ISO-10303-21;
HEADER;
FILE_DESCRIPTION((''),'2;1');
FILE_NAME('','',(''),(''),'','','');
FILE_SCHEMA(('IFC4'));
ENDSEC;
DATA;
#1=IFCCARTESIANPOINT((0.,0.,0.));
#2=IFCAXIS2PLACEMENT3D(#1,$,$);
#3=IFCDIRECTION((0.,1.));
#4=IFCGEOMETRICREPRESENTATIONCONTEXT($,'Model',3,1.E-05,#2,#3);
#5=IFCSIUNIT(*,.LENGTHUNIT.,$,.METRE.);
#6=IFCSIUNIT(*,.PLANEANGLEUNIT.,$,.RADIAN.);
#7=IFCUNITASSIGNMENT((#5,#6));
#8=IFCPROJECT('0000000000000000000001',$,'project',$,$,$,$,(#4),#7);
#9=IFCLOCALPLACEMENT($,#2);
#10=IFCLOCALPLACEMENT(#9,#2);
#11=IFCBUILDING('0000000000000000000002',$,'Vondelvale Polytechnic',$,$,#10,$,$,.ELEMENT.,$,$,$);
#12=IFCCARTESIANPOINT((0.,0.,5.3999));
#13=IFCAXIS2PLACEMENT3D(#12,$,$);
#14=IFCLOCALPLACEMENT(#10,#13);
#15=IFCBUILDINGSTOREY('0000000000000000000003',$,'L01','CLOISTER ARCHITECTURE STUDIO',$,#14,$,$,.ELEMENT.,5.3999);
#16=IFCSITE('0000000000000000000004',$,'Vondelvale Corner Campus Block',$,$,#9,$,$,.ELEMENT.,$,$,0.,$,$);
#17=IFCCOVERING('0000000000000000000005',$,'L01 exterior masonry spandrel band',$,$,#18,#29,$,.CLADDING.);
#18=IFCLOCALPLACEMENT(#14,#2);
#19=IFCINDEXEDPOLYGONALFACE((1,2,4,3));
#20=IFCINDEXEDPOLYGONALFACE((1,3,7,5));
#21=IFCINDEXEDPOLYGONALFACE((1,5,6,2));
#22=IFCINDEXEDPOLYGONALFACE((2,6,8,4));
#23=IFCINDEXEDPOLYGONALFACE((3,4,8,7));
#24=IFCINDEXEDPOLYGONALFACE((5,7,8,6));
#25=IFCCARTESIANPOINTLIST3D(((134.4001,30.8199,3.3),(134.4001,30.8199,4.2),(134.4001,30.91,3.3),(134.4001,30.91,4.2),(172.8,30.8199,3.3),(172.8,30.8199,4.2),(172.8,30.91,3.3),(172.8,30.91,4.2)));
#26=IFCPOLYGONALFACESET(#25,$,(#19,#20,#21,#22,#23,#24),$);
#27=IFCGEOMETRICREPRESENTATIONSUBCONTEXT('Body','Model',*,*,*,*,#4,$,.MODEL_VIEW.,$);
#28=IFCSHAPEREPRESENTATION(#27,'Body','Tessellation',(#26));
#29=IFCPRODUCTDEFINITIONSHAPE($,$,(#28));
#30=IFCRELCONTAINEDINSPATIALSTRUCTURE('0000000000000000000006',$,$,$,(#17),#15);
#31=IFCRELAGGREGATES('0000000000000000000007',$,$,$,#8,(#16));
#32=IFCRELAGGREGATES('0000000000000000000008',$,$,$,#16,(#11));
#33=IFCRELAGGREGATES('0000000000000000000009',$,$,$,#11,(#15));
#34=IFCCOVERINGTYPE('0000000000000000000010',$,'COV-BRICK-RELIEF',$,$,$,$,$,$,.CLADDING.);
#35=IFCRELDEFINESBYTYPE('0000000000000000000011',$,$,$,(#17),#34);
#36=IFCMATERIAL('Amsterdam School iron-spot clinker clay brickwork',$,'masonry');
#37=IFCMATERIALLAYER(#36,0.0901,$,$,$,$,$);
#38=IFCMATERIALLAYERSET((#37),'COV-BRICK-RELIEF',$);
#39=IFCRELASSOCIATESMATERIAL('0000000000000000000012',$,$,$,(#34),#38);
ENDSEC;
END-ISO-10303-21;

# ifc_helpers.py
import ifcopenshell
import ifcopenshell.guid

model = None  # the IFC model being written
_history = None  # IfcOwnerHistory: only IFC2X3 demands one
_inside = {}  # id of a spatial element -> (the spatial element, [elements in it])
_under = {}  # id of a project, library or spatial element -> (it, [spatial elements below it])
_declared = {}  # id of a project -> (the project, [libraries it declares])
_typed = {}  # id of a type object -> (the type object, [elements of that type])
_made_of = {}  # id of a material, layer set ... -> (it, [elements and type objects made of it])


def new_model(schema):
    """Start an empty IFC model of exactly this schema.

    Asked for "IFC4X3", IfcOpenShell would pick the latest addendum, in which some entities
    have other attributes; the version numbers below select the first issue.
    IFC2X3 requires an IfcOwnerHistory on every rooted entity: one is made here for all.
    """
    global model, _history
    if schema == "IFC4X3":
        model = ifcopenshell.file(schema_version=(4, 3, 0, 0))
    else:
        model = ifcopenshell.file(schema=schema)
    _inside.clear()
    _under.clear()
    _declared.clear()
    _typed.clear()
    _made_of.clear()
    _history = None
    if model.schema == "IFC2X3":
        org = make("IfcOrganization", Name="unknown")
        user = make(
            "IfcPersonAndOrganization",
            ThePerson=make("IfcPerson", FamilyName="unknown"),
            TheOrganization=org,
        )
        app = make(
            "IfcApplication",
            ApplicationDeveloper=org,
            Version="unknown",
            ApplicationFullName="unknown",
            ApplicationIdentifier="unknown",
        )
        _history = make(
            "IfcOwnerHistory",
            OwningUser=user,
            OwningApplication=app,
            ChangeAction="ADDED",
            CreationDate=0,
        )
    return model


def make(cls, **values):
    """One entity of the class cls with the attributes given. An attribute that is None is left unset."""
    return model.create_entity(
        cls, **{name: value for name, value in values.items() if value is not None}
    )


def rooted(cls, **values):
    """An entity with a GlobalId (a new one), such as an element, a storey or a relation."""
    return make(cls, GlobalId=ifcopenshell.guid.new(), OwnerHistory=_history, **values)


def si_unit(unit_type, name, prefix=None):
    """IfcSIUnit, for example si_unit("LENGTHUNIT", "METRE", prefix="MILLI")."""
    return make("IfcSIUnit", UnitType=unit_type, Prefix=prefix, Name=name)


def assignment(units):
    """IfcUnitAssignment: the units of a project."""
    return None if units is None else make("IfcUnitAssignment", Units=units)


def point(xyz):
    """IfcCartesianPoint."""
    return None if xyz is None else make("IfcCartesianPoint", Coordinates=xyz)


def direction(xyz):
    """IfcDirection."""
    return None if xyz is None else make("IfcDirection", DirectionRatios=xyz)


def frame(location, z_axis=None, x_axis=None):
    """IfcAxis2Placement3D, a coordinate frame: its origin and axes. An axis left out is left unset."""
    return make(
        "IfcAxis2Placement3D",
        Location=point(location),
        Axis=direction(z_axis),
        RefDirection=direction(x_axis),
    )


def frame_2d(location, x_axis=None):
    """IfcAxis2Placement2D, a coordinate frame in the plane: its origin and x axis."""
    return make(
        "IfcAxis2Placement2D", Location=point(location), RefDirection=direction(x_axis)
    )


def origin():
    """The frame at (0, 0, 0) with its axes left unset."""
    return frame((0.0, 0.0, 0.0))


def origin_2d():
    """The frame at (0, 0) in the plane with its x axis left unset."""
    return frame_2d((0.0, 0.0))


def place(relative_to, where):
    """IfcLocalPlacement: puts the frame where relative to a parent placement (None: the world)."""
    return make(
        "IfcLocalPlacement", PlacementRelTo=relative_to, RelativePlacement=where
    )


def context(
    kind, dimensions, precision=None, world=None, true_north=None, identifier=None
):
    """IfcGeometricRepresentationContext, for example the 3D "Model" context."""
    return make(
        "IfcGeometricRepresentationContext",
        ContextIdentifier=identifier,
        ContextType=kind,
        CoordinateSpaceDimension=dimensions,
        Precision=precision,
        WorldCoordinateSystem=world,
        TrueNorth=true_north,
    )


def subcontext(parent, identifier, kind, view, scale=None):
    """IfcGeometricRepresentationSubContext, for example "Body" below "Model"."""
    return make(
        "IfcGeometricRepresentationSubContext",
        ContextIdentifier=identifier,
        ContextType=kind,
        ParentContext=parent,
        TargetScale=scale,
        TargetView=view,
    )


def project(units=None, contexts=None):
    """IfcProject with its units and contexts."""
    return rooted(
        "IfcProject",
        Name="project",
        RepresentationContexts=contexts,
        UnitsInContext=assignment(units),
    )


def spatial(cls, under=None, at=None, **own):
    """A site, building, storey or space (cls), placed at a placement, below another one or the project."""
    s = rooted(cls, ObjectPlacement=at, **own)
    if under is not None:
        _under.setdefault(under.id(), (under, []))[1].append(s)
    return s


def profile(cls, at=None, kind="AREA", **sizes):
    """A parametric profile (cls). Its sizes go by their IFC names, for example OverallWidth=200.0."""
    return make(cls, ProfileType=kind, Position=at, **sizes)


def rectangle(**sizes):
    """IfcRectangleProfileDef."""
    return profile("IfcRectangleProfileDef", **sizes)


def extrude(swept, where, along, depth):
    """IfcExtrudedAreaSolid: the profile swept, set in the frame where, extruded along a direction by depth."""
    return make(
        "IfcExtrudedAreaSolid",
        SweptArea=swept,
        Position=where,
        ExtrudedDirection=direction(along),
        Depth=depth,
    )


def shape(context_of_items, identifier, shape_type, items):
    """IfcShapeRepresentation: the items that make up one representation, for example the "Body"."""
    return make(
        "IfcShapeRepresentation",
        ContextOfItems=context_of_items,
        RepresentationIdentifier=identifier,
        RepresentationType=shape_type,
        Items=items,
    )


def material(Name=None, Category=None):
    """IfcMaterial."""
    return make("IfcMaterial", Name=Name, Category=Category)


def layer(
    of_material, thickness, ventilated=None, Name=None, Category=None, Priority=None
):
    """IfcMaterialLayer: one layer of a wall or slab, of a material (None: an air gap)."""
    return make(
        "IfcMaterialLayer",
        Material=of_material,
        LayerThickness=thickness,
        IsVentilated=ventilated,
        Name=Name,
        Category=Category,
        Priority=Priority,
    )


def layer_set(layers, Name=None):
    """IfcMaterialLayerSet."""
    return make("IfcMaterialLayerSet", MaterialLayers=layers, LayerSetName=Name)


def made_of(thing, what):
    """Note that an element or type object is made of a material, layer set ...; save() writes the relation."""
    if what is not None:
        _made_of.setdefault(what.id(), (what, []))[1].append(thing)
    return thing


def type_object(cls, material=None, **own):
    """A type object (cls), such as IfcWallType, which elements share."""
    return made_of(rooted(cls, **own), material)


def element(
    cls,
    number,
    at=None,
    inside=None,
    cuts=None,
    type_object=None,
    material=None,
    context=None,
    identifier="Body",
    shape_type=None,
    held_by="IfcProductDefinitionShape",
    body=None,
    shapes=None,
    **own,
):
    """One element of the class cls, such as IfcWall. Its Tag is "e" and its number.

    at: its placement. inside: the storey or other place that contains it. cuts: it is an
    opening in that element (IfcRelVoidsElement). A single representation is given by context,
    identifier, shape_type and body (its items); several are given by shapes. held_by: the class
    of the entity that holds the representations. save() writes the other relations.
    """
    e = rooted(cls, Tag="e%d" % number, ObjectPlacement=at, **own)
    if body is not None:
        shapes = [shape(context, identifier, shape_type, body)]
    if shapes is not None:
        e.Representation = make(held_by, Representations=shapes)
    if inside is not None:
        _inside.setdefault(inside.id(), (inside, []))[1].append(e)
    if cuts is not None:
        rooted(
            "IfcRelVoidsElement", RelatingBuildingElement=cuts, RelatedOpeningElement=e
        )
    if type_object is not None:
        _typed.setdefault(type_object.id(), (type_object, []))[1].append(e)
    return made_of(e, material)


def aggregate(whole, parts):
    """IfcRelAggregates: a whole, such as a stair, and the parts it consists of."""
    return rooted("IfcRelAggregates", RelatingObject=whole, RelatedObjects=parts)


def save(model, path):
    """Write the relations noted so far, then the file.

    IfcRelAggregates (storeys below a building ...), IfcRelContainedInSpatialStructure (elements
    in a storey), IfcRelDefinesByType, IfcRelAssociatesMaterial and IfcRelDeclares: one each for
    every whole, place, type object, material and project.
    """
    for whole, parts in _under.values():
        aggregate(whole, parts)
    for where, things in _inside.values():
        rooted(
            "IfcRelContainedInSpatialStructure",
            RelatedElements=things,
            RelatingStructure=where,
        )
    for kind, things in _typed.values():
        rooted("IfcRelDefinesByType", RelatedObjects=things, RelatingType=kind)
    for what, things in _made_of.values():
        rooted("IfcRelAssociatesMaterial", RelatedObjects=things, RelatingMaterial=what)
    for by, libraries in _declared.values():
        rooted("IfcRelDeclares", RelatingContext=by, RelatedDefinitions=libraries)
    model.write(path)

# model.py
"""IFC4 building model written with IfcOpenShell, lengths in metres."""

from ifc_helpers import new_model, si_unit, direction, frame, origin, origin_2d, place, context, subcontext, project, spatial, rectangle, extrude, material, layer, layer_set, type_object, element, save


model = new_model("IFC4")

# Units and contexts
model_context = context("Model", 3, precision=1e-05, world=origin(), true_north=direction((0.0, 1.0)))
body_context = subcontext(model_context, "Body", "Model", "MODEL_VIEW")
ifc_project = project(units=[si_unit("LENGTHUNIT", "METRE"), si_unit("PLANEANGLEUNIT", "RADIAN")], contexts=[model_context])

# Site, building, storey
site_placement = place(None, origin())
site = spatial("IfcSite", under=ifc_project, at=site_placement, Name="Vondelvale Corner Campus Block", CompositionType="ELEMENT", RefElevation=0.0)
building_placement = place(site_placement, origin())
building = spatial("IfcBuilding", under=site, at=building_placement, Name="Vondelvale Polytechnic", CompositionType="ELEMENT")
storey_placement = place(building_placement, frame((0.0, 0.0, 5.3999)))
storey = spatial("IfcBuildingStorey", under=building, at=storey_placement, Name="L01", Description="CLOISTER ARCHITECTURE STUDIO", CompositionType="ELEMENT", Elevation=5.3999)

# Covering
ifc_material_1 = material(Name="Amsterdam School iron-spot clinker clay brickwork", Category="masonry")
ifc_layer_1 = layer(ifc_material_1, 0.0901)
ifc_layer_set_1 = layer_set([ifc_layer_1], Name="COV-BRICK-RELIEF")
covering_type = type_object("IfcCoveringType", Name="COV-BRICK-RELIEF", PredefinedType="CLADDING", material=ifc_layer_set_1)
covering_placement = place(storey_placement, frame((153.6001, 30.865, 3.3), z_axis=(0.0, 0.0, 1.0), x_axis=(1.0, 0.0, 0.0)))
element("IfcCovering", 1, at=covering_placement, inside=storey, type_object=covering_type, Name="L01 exterior masonry spandrel band", PredefinedType="CLADDING", context=body_context, shape_type="SweptSolid", body=[
    extrude(rectangle(XDim=38.3999, YDim=0.0901, at=origin_2d()), origin(), (0.0, 0.0, 1.0), 0.8999),
])

save(model, "model.ifc")
